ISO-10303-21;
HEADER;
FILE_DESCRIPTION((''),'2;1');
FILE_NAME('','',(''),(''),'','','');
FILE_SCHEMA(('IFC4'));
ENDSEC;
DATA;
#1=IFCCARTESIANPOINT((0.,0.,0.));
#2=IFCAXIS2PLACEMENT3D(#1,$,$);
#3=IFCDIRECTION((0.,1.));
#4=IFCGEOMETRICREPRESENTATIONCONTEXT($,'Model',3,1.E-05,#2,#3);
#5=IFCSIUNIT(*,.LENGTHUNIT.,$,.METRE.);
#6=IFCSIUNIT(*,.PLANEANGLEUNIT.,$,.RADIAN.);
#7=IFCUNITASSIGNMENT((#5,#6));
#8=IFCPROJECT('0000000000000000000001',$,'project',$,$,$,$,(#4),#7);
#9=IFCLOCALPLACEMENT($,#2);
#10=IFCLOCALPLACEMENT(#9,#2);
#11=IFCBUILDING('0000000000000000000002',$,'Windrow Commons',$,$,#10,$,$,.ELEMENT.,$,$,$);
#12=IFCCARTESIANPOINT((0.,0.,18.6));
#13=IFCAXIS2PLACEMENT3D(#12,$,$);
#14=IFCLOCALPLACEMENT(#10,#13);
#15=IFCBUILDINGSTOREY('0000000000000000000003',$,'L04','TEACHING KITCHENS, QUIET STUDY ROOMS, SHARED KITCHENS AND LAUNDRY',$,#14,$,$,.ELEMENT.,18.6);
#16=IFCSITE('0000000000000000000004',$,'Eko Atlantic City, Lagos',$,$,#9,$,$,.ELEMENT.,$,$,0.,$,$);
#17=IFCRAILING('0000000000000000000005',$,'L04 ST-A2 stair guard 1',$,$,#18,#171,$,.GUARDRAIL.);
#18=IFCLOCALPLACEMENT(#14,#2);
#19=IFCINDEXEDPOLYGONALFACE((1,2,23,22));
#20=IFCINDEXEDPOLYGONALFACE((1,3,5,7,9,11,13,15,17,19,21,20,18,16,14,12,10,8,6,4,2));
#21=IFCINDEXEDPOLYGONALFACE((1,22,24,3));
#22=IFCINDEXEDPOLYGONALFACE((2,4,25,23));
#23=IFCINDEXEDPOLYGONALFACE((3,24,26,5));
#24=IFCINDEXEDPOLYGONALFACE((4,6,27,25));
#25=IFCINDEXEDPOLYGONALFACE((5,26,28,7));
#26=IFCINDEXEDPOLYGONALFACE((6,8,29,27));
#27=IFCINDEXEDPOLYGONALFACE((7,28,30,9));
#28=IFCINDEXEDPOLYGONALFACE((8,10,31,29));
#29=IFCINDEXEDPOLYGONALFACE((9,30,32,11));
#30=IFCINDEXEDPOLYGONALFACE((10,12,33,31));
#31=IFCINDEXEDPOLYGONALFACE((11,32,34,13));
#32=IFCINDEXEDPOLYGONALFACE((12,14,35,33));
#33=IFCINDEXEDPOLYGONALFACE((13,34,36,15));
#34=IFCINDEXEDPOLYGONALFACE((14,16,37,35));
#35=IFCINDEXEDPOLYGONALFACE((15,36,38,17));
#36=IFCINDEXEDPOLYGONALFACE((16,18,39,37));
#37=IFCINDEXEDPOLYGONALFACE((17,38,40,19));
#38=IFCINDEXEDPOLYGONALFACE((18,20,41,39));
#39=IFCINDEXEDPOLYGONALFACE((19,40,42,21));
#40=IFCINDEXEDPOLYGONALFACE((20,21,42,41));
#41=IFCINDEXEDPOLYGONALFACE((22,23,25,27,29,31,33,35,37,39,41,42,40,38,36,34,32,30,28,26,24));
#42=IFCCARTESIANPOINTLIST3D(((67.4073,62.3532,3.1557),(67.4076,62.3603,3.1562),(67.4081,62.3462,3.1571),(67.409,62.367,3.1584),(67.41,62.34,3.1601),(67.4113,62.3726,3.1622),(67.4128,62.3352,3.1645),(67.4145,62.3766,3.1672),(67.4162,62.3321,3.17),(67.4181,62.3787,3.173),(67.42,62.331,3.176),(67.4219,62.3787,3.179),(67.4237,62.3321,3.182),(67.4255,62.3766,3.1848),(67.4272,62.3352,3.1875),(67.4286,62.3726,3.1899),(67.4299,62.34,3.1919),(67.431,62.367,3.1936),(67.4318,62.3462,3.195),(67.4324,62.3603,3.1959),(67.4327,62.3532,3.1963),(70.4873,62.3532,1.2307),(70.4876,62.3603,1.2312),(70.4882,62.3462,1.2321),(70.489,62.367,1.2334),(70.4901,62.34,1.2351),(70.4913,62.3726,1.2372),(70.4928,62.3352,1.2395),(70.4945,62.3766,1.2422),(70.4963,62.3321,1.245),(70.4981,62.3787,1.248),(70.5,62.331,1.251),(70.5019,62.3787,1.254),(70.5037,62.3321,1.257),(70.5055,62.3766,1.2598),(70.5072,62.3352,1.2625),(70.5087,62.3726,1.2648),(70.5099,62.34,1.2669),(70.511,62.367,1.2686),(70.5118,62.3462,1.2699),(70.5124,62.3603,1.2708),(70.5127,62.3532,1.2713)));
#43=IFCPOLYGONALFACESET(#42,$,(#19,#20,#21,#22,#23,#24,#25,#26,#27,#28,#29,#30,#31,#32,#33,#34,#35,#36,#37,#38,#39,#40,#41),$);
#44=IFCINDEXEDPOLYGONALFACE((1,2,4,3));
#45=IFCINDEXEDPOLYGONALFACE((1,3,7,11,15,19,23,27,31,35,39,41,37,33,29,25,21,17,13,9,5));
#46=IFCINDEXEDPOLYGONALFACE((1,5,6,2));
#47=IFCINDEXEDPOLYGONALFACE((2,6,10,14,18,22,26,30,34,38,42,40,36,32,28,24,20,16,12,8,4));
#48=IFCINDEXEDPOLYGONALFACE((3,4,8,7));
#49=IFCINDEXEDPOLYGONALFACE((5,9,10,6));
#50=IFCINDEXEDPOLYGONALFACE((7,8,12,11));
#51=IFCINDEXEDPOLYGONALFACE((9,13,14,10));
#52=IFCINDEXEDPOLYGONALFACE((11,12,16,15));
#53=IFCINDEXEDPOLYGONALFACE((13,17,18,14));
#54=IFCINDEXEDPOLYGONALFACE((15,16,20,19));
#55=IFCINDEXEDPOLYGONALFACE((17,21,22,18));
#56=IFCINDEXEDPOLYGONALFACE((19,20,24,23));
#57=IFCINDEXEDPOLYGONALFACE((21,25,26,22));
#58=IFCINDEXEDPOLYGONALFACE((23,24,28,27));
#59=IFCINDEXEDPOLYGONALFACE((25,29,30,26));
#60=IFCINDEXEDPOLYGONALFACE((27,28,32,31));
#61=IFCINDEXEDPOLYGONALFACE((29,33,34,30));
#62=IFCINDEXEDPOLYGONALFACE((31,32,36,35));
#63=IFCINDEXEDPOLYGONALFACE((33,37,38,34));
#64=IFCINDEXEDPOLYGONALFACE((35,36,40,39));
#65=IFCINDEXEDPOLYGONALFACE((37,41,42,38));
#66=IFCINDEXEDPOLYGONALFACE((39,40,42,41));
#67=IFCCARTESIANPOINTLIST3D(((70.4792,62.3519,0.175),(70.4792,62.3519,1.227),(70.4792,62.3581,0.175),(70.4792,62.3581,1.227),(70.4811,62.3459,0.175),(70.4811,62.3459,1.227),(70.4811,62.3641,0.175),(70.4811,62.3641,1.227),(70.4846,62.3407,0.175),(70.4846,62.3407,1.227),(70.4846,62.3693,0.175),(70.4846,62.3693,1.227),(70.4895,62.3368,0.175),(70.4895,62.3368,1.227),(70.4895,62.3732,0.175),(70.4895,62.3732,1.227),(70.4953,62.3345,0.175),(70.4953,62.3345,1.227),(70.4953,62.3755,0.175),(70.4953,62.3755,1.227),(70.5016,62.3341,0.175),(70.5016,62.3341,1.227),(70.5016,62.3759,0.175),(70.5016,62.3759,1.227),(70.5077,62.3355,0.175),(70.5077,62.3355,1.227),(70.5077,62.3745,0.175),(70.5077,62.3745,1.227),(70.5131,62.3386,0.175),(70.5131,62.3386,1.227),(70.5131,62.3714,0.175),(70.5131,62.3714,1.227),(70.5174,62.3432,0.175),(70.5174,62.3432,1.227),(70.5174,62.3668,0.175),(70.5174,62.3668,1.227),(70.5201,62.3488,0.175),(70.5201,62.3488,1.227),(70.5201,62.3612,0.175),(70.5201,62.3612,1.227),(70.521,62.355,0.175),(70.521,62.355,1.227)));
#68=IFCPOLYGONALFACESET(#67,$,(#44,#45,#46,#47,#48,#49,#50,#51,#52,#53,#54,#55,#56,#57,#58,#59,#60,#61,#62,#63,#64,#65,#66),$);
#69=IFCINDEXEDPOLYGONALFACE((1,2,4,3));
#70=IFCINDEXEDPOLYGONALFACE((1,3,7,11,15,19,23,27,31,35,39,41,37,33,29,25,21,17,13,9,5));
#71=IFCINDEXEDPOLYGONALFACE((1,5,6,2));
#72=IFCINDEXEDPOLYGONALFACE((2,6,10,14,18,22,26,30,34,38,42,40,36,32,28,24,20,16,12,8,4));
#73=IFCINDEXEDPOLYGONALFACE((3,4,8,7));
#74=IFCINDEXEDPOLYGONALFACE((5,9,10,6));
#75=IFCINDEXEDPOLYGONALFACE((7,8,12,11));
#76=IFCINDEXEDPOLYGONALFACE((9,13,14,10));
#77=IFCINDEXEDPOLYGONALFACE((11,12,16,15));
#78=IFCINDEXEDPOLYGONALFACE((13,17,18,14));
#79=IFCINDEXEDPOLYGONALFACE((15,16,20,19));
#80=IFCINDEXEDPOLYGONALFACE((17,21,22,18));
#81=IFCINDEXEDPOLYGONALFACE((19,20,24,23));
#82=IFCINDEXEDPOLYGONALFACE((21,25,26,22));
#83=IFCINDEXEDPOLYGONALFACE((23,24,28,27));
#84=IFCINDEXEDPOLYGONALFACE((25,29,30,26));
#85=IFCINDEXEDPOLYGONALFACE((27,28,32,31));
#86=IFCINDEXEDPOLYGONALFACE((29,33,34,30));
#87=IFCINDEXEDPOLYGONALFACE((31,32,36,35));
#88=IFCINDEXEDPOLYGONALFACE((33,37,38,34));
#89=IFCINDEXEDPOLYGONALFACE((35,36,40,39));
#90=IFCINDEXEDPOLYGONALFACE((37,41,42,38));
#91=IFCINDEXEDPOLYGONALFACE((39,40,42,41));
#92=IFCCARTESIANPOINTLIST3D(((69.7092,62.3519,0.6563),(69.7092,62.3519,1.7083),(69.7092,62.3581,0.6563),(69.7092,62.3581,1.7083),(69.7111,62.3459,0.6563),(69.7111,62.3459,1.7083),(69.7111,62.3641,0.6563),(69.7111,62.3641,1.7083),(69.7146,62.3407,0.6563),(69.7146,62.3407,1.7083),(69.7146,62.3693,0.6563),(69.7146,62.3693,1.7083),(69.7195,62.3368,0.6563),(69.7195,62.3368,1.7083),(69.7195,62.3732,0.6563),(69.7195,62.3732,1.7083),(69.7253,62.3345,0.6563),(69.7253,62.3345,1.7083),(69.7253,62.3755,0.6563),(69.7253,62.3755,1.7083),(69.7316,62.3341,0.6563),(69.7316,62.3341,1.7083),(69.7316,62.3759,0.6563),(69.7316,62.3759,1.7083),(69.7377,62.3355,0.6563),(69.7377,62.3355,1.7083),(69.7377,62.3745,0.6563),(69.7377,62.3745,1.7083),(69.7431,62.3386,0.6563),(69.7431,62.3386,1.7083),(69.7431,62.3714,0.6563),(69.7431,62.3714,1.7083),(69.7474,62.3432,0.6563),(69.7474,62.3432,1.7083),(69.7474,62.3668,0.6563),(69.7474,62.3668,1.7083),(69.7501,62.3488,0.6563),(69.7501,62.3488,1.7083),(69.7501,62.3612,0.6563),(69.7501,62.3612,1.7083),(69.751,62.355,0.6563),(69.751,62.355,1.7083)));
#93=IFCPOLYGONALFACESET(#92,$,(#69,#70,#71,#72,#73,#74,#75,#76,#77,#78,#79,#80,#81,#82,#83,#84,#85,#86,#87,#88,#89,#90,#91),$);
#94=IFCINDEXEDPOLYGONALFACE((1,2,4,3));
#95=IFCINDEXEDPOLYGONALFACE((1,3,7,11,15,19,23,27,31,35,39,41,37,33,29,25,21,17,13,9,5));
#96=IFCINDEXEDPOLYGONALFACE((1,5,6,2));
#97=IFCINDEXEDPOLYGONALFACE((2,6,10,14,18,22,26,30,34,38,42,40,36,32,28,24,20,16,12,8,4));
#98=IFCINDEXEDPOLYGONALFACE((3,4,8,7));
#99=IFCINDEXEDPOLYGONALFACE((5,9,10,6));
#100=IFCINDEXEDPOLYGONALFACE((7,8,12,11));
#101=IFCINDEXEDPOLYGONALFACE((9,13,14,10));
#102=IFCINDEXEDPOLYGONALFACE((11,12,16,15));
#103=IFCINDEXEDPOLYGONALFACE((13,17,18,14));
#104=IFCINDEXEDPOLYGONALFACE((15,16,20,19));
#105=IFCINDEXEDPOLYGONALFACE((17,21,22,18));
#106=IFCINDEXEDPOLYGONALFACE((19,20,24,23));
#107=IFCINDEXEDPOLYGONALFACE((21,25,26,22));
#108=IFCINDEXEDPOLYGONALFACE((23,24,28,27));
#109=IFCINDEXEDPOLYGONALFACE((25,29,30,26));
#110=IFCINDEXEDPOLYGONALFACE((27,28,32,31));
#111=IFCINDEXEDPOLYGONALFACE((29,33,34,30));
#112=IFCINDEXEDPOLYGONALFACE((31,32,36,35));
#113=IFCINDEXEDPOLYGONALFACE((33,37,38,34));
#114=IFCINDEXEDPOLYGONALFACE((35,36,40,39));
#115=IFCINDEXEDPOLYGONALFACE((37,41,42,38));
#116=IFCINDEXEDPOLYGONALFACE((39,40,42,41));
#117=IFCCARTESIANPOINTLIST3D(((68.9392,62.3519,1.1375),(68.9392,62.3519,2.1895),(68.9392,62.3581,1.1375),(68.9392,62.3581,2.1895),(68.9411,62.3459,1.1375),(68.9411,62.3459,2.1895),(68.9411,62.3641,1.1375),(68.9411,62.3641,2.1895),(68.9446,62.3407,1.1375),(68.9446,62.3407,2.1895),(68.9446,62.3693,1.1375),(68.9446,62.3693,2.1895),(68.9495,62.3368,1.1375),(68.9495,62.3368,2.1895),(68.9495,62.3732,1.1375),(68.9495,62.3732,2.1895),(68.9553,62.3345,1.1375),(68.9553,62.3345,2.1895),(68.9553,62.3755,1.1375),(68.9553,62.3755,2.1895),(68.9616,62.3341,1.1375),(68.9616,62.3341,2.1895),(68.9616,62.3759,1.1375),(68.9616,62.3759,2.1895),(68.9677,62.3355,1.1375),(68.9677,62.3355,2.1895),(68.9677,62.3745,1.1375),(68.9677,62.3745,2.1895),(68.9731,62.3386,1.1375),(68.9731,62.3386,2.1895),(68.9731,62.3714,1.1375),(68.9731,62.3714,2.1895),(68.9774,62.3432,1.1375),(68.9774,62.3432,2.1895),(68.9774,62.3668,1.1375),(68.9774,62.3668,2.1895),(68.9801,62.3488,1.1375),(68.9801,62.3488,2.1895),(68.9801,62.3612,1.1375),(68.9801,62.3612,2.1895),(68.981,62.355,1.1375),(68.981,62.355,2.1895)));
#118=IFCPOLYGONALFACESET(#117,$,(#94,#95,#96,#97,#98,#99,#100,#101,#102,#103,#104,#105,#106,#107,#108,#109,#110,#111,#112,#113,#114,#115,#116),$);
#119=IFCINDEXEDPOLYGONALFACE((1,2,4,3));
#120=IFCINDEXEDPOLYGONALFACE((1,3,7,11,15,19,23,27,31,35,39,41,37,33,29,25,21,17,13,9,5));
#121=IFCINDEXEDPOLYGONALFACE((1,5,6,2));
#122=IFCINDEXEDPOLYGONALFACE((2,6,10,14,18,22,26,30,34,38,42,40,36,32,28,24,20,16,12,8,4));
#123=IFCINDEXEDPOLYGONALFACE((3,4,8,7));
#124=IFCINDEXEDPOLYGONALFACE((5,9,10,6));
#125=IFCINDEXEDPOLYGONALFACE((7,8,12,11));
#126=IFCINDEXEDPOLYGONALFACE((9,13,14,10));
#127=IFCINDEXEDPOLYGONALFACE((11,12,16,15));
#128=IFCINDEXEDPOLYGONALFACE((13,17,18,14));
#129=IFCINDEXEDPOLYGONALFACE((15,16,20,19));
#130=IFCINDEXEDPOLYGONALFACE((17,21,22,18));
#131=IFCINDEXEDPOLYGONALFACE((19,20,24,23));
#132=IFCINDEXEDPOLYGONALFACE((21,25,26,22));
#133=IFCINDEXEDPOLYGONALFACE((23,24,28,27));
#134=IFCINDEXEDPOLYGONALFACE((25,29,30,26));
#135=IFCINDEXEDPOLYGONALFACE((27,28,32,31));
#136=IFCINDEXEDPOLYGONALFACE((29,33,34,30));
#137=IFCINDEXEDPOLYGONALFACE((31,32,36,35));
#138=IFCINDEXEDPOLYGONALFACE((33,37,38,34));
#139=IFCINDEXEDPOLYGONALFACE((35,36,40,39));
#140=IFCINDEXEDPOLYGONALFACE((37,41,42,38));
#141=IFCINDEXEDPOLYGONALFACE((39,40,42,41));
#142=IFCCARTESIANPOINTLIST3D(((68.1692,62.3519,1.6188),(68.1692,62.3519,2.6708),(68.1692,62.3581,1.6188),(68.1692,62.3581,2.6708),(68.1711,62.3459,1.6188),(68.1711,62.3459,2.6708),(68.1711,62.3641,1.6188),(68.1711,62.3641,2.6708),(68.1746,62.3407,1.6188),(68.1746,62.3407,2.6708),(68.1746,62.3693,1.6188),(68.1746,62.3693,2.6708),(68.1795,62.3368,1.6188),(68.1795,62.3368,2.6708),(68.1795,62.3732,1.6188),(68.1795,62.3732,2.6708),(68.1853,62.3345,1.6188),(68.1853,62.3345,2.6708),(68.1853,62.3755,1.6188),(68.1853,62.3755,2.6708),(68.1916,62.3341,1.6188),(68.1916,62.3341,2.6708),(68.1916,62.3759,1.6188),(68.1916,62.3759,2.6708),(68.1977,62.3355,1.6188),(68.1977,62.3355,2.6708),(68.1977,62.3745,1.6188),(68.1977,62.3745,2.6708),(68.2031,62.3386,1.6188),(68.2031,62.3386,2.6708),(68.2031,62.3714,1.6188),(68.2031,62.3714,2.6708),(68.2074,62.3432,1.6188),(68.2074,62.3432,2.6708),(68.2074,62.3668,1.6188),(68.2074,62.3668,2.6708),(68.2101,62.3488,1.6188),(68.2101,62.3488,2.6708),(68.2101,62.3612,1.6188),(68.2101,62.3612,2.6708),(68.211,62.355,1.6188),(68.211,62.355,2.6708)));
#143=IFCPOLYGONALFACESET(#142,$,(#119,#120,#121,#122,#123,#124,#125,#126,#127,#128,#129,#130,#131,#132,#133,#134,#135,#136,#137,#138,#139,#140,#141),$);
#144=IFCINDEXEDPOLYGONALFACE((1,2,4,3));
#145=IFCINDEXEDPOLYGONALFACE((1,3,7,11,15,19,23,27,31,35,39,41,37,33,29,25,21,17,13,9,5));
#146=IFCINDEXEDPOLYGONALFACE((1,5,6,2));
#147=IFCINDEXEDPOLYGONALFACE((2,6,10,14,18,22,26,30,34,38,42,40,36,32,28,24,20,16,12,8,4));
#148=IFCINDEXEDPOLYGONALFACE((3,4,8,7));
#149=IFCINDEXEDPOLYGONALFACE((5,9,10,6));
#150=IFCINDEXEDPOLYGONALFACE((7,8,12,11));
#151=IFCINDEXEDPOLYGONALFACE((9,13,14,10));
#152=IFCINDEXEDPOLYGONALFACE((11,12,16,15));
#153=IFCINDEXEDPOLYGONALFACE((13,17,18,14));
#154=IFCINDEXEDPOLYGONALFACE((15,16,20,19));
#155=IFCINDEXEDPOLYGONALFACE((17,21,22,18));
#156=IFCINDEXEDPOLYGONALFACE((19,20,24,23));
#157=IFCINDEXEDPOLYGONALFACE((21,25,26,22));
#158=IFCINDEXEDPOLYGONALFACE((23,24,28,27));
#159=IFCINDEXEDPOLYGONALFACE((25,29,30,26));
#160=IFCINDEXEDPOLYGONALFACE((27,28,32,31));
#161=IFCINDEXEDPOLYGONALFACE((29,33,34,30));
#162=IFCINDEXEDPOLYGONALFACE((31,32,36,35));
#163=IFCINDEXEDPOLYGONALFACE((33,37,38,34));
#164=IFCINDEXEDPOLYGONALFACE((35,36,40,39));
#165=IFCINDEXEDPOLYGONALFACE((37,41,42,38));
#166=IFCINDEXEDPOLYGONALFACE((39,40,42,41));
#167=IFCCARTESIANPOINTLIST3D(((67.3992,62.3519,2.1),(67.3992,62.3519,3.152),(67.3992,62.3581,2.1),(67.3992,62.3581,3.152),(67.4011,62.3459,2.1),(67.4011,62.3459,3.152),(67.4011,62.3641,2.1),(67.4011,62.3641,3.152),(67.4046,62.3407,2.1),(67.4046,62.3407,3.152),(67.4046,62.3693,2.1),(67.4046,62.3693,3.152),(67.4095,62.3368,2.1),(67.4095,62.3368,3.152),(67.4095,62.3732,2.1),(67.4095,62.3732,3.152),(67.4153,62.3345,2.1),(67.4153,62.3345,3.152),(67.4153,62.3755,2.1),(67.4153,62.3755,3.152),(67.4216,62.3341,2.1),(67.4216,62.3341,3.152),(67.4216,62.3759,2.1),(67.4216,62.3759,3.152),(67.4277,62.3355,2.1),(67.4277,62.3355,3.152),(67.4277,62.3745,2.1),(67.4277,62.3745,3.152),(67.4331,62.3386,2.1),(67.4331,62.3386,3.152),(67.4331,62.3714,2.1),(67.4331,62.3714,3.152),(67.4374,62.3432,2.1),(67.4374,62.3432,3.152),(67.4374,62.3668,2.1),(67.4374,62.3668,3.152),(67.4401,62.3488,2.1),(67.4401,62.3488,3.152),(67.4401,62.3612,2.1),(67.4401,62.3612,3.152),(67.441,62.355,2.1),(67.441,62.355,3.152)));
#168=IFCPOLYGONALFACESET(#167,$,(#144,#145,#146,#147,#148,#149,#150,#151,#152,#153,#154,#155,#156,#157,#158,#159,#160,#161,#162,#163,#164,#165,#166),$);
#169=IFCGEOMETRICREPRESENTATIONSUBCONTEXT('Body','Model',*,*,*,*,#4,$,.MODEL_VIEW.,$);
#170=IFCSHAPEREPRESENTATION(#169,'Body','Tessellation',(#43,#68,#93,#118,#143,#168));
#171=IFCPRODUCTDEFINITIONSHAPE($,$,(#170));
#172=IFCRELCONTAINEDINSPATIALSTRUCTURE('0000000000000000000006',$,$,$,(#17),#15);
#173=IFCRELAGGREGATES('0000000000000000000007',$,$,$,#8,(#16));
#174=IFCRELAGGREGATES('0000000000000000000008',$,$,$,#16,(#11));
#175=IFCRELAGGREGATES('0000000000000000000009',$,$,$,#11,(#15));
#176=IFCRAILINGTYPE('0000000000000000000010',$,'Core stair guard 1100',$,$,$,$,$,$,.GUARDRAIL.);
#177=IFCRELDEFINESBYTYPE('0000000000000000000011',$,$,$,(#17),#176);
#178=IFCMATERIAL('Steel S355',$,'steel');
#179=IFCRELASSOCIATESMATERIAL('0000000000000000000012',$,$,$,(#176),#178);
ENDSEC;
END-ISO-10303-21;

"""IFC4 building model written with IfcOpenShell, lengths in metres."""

from ifc_helpers import new_model, si_unit, direction, frame, origin, origin_2d, place, context, subcontext, project, spatial, circle, extrude, material, type_object, element, save


model = new_model("IFC4")

# Units and contexts
model_context = context("Model", 3, precision=1e-05, world=origin(), true_north=direction((0.0, 1.0)))
body_context = subcontext(model_context, "Body", "Model", "MODEL_VIEW")
ifc_project = project(units=[si_unit("LENGTHUNIT", "METRE"), si_unit("PLANEANGLEUNIT", "RADIAN")], contexts=[model_context])

# Site, building, storey
site_placement = place(None, origin())
site = spatial("IfcSite", under=ifc_project, at=site_placement, Name="Eko Atlantic City, Lagos", CompositionType="ELEMENT", RefElevation=0.0)
building_placement = place(site_placement, origin())
building = spatial("IfcBuilding", under=site, at=building_placement, Name="Windrow Commons", CompositionType="ELEMENT")
storey_placement = place(building_placement, frame((0.0, 0.0, 18.6)))
storey = spatial("IfcBuildingStorey", under=building, at=storey_placement, Name="L04", Description="TEACHING KITCHENS, QUIET STUDY ROOMS, SHARED KITCHENS AND LAUNDRY", CompositionType="ELEMENT", Elevation=18.6)

# Railing
ifc_material_1 = material(Name="Steel S355", Category="steel")
railing_type_1 = type_object("IfcRailingType", Name="Core stair guard 1100", PredefinedType="GUARDRAIL", material=ifc_material_1)
railing_1_placement = place(storey_placement, frame((70.5, 62.355, 0.175)))
element("IfcRailing", 1, at=railing_1_placement, inside=storey, type_object=railing_type_1, Name="L04 ST-A2 stair guard 1", PredefinedType="GUARDRAIL", context=body_context, shape_type="SweptSolid", body=[
    extrude(circle(Radius=0.024, at=origin_2d()), frame((0.0, 0.0, 1.076), z_axis=(-0.847998, 0.0, 0.529999), x_axis=(0.0, -1.0, 0.0)), (0.0, 0.0, 1.0), 3.6321),
    extrude(circle(Radius=0.021, at=origin_2d()), origin(), (0.0, 0.0, 1.0), 1.052),
    extrude(circle(Radius=0.021, at=origin_2d()), frame((-0.77, 0.0, 0.4813)), (0.0, 0.0, 1.0), 1.052),
    extrude(circle(Radius=0.021, at=origin_2d()), frame((-1.54, 0.0, 0.9625)), (0.0, 0.0, 1.0), 1.052),
    extrude(circle(Radius=0.021, at=origin_2d()), frame((-2.31, 0.0, 1.4438)), (0.0, 0.0, 1.0), 1.052),
    extrude(circle(Radius=0.021, at=origin_2d()), frame((-3.08, 0.0, 1.925)), (0.0, 0.0, 1.0), 1.052),
])

save(model, "model.ifc")
